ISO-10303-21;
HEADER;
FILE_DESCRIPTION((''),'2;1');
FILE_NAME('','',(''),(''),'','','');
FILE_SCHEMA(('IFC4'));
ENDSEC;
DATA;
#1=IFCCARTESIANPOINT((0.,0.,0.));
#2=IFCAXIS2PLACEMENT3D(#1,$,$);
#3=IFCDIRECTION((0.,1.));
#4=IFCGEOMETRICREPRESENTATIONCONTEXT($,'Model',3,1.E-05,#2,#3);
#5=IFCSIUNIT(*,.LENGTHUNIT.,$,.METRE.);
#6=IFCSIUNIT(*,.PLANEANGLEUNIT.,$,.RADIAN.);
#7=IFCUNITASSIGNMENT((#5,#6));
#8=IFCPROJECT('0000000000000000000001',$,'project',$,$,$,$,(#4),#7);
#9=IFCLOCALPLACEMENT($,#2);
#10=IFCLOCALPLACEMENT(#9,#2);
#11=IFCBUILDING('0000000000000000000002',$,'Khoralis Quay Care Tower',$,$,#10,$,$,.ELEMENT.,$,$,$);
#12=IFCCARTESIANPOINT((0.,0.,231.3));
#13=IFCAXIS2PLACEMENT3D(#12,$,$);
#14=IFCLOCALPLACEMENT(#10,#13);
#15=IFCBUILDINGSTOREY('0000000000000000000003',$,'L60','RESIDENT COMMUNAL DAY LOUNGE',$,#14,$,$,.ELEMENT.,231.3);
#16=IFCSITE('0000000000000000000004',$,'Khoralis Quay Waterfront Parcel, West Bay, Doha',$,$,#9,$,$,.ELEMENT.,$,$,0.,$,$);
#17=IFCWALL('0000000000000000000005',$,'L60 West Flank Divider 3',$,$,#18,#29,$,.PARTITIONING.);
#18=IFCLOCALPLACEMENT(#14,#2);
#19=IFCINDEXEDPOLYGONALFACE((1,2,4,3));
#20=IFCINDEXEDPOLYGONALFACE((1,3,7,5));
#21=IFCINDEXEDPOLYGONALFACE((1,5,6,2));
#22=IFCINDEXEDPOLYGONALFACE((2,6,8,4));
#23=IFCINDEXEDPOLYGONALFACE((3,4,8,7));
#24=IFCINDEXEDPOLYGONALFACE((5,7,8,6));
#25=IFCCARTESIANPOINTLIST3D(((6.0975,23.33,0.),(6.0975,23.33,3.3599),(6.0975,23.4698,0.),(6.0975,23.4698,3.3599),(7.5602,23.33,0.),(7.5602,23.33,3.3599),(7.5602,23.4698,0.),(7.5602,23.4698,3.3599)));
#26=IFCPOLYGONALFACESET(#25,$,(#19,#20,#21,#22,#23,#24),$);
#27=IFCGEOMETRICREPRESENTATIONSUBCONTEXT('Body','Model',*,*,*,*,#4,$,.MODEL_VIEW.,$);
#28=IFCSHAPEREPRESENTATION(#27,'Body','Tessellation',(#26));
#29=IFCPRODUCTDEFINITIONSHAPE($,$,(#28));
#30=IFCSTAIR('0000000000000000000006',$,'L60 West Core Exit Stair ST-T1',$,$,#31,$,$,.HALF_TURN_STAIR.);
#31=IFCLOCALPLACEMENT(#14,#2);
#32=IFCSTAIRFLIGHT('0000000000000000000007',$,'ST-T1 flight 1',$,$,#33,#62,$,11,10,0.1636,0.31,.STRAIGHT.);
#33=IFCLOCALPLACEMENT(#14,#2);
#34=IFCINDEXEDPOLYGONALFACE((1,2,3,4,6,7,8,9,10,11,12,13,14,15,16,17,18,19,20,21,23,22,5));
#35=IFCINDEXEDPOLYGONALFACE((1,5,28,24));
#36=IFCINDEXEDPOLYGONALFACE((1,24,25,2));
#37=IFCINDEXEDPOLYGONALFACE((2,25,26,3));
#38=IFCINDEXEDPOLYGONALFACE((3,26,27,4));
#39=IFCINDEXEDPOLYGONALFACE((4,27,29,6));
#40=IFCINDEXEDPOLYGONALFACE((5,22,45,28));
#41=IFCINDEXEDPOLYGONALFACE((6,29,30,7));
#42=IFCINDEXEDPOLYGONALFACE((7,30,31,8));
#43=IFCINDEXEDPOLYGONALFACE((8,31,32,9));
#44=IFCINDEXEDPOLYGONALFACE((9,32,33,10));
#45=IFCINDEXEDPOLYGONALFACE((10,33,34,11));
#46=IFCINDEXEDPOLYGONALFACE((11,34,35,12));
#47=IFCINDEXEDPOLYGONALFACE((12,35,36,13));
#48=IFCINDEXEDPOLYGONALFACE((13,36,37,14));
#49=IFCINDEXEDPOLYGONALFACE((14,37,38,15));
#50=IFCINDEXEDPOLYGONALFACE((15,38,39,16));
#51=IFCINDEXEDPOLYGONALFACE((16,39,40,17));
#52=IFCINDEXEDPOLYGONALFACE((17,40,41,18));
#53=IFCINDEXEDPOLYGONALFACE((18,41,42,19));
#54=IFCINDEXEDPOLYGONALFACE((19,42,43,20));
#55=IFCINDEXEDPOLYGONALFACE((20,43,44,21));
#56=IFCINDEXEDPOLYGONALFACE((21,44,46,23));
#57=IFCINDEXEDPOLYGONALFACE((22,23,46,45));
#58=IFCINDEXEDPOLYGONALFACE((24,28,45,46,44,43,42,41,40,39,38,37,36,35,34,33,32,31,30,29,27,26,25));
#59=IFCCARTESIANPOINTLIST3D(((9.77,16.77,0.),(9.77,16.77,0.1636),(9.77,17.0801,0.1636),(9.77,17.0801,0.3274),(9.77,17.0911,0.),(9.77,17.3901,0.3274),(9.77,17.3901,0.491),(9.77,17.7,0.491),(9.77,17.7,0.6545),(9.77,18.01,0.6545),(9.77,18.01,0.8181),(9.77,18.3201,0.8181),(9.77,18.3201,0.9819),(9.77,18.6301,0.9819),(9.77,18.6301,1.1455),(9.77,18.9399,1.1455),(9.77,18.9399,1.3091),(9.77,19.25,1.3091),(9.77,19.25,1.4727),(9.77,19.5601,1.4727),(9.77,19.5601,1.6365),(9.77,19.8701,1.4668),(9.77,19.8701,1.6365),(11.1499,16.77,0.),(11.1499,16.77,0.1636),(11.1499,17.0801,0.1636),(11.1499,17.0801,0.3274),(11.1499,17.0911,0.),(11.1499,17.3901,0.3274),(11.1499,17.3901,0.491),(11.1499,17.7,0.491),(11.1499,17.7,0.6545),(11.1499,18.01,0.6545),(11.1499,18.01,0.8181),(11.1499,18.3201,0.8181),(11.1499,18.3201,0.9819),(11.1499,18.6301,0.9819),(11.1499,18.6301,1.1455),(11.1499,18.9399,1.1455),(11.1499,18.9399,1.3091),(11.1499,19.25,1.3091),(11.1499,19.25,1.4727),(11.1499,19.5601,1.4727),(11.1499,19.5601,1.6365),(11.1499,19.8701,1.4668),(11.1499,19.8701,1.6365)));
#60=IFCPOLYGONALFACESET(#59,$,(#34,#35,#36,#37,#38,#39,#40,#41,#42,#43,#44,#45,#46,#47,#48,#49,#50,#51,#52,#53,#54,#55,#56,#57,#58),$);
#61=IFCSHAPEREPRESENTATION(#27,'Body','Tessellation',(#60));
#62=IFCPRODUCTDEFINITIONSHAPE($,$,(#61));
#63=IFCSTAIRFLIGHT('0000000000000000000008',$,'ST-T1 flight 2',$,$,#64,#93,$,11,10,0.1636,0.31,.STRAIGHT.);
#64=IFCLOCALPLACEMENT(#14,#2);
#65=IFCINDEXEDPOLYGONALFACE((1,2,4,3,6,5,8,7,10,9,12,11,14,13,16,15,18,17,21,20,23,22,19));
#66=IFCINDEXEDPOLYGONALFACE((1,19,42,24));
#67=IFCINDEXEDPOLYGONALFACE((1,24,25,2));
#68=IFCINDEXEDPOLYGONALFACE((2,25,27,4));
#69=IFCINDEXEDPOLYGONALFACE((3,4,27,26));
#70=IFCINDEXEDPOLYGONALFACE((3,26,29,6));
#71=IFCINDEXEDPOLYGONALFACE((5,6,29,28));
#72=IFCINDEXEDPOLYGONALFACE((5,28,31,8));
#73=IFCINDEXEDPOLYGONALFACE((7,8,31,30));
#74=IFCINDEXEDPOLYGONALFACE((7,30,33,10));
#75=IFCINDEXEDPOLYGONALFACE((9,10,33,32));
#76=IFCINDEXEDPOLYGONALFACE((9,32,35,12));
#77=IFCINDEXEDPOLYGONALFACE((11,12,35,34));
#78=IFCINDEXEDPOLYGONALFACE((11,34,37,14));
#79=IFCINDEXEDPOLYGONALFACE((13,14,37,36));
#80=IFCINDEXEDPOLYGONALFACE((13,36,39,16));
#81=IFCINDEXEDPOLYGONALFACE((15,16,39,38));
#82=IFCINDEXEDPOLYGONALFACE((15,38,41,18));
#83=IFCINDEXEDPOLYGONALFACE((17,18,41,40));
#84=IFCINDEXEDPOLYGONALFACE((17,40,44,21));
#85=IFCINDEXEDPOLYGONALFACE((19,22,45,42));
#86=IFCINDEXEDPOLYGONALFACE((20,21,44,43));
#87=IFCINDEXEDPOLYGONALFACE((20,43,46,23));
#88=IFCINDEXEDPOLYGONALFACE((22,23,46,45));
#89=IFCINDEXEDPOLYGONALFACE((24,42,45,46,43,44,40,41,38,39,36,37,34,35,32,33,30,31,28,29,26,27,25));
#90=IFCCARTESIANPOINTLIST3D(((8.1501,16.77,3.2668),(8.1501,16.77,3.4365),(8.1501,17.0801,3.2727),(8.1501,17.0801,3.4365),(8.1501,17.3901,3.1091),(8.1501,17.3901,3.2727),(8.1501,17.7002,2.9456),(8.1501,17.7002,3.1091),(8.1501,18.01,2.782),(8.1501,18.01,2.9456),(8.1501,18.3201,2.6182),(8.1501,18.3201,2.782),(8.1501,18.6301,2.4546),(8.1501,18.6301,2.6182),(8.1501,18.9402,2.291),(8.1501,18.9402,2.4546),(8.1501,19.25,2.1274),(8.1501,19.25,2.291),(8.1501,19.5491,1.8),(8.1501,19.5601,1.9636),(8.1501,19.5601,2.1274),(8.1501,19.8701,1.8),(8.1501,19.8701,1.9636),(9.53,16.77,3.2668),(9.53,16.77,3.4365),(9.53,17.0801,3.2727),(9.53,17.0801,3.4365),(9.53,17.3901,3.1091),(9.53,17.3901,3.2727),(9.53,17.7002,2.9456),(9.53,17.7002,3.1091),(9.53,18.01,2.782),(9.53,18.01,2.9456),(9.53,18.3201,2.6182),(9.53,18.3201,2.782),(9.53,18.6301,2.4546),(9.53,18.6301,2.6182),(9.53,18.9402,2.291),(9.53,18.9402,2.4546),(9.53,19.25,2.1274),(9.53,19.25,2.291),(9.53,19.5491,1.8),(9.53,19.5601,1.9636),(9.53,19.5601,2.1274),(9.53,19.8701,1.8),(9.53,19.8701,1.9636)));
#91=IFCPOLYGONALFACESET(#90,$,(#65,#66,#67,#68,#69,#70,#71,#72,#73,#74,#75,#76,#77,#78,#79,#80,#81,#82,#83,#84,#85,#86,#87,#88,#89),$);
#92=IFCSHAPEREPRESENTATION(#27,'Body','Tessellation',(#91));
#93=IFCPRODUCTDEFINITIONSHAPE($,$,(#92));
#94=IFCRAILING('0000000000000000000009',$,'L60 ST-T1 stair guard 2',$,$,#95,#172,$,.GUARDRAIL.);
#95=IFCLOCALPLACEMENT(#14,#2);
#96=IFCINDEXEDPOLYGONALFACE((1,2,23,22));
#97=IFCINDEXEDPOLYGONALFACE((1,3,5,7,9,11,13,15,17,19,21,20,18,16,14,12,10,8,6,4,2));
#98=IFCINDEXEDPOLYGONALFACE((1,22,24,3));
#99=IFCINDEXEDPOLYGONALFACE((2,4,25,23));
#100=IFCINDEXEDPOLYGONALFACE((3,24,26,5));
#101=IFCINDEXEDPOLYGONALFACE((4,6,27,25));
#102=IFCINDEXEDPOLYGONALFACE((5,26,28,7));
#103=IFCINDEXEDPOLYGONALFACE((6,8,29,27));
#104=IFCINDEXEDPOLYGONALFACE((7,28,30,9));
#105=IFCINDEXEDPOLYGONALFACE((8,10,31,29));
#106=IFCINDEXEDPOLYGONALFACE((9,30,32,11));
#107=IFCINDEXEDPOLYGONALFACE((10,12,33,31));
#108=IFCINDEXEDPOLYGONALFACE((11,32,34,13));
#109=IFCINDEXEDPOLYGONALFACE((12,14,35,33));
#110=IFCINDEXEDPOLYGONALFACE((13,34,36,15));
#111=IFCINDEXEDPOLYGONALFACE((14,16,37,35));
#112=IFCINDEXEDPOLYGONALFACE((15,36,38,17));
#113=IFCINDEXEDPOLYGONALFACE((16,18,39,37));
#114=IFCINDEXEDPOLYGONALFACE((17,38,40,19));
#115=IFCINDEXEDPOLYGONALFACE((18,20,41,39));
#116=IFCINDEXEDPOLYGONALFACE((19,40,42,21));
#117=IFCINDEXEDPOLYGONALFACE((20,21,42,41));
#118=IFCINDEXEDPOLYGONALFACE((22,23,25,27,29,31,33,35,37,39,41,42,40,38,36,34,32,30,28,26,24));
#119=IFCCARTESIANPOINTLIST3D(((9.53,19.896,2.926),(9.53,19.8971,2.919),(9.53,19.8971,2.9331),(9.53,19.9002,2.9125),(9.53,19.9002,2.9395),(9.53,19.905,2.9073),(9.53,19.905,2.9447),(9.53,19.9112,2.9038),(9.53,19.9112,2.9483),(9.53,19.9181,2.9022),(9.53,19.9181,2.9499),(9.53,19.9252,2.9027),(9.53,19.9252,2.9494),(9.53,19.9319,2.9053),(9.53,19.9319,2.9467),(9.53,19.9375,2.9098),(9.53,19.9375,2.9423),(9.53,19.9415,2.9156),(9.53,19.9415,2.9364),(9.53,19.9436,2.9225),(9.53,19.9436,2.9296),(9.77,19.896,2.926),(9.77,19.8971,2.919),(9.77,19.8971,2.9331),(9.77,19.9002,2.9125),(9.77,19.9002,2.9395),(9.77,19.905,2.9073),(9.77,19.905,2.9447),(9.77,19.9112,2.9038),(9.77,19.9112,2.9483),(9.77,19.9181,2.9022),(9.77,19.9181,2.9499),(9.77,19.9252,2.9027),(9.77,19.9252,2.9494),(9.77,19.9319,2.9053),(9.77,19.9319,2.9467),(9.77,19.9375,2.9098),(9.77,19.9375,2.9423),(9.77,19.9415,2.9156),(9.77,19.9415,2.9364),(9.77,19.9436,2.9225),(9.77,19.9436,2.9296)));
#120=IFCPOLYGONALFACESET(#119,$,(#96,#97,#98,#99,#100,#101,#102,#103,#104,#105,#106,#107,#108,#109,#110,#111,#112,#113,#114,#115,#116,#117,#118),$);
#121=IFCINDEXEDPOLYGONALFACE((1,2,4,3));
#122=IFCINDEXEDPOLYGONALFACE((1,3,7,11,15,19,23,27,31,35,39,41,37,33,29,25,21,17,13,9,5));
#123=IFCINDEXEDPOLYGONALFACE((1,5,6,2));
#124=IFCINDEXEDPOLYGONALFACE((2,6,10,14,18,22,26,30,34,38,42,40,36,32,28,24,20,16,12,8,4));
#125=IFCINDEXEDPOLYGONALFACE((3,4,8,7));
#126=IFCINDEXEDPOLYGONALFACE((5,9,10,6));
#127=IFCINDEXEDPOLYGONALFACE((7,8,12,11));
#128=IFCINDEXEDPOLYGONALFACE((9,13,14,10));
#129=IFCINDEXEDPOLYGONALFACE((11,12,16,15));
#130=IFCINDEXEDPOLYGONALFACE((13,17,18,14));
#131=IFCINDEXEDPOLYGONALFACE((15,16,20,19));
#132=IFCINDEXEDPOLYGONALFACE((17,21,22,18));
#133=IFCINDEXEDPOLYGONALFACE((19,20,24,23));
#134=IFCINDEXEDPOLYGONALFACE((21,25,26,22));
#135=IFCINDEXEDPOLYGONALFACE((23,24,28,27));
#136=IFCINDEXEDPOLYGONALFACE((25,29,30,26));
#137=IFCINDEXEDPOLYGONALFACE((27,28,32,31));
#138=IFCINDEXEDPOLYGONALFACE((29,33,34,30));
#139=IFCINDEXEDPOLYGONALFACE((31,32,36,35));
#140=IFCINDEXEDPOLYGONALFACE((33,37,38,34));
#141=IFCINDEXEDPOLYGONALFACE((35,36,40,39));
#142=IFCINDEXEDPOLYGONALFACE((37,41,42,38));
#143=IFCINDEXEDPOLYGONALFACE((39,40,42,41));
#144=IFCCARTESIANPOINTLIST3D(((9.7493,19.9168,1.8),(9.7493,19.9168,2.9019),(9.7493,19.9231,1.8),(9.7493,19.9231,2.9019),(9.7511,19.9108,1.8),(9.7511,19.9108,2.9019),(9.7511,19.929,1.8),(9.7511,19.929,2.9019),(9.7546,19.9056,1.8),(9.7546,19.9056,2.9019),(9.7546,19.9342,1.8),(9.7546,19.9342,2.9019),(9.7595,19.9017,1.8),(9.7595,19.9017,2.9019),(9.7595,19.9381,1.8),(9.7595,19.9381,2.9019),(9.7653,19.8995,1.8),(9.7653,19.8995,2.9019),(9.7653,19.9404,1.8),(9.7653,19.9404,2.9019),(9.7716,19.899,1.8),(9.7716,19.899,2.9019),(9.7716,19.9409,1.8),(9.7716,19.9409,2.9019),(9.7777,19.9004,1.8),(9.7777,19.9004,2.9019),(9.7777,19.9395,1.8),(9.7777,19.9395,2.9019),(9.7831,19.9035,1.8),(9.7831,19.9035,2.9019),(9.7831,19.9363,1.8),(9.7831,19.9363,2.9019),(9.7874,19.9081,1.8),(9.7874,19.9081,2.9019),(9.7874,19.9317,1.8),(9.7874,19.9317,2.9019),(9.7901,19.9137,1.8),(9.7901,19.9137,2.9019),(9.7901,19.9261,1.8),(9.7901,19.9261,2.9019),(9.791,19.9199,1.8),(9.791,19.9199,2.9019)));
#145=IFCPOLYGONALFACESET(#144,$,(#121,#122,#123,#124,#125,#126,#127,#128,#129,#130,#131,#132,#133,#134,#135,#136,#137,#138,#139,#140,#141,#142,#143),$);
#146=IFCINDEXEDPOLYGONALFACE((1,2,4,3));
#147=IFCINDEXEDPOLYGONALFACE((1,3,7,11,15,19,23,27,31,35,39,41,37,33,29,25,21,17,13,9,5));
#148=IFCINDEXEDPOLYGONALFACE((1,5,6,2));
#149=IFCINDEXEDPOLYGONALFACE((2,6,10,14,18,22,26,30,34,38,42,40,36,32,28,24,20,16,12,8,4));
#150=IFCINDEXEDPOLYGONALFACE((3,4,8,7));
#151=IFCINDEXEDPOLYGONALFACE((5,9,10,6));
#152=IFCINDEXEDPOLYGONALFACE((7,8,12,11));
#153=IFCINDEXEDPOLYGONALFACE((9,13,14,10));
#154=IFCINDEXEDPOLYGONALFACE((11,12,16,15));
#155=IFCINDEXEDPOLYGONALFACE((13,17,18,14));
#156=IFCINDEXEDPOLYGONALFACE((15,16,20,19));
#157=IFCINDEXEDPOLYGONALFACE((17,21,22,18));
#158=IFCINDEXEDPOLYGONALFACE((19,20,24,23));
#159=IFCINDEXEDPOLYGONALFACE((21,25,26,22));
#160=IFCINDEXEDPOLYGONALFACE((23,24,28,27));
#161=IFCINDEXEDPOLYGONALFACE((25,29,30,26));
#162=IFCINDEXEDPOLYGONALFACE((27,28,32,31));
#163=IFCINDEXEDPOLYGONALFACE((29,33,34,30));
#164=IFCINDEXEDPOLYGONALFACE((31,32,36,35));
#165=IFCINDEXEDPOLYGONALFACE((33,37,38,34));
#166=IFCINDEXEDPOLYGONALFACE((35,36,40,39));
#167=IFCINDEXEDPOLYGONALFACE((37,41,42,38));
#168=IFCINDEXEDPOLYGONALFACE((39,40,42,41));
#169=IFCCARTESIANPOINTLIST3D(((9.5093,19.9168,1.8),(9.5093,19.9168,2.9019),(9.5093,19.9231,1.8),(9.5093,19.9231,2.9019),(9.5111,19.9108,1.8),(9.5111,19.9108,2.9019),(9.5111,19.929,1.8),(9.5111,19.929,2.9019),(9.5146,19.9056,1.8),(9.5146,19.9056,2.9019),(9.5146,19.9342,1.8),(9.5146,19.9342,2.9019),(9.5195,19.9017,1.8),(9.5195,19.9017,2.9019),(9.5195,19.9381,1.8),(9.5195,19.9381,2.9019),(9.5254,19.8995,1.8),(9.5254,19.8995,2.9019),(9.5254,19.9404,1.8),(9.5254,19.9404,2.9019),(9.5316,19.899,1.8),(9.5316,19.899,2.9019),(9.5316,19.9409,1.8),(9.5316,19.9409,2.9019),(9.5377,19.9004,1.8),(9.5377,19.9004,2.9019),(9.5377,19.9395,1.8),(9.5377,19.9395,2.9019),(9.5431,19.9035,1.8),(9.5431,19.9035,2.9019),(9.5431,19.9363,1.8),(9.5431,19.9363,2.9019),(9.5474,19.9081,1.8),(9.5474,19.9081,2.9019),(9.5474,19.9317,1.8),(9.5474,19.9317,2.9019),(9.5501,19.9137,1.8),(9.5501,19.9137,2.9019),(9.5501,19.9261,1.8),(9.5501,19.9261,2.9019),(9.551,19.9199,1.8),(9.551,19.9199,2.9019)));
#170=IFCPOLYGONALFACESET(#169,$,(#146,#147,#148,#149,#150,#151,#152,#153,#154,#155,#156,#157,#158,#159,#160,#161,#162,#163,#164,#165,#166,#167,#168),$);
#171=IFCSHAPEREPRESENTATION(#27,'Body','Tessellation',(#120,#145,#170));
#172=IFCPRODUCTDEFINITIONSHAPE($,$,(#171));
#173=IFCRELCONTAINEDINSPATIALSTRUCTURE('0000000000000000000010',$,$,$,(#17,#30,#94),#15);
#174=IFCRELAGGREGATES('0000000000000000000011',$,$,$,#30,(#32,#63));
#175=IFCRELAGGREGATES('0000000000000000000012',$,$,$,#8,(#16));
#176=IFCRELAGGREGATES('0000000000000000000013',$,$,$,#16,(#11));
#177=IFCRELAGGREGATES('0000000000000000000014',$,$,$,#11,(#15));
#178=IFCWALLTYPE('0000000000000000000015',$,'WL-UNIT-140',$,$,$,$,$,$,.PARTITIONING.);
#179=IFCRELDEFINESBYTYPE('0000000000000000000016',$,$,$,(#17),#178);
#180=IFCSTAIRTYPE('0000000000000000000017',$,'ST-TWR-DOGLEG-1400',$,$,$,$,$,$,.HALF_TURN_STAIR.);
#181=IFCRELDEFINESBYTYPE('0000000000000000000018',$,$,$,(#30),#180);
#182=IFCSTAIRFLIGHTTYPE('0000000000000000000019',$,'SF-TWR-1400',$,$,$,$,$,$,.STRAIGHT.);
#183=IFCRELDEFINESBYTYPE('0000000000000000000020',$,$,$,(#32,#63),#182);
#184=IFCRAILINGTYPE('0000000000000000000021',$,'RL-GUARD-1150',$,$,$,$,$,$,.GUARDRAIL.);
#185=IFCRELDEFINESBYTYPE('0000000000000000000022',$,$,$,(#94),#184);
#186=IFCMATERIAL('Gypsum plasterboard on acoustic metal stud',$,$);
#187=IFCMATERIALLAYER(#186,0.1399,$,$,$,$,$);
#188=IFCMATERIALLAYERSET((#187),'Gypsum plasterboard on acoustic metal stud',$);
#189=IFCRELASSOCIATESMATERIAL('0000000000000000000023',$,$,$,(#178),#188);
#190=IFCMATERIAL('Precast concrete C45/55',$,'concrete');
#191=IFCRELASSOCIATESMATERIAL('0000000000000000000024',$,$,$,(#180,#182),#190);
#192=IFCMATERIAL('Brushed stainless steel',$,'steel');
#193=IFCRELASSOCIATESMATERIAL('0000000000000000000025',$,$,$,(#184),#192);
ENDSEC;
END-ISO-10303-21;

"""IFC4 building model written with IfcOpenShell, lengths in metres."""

from ifc_helpers import new_model, si_unit, direction, frame, frame_2d, origin, origin_2d, place, context, subcontext, project, spatial, polyline, rectangle, circle, outline, extrude, source, transform, mapped, material, layer, layer_set, type_object, element, aggregate, save


model = new_model("IFC4")

# Units and contexts
model_context = context("Model", 3, precision=1e-05, world=origin(), true_north=direction((0.0, 1.0)))
body_context = subcontext(model_context, "Body", "Model", "MODEL_VIEW")
ifc_project = project(units=[si_unit("LENGTHUNIT", "METRE"), si_unit("PLANEANGLEUNIT", "RADIAN")], contexts=[model_context])

# Site, building, storey
site_placement = place(None, origin())
site = spatial("IfcSite", under=ifc_project, at=site_placement, Name="Khoralis Quay Waterfront Parcel, West Bay, Doha", CompositionType="ELEMENT", RefElevation=0.0)
building_placement = place(site_placement, origin())
building = spatial("IfcBuilding", under=site, at=building_placement, Name="Khoralis Quay Care Tower", CompositionType="ELEMENT")
storey_placement = place(building_placement, frame((0.0, 0.0, 231.3)))
storey = spatial("IfcBuildingStorey", under=building, at=storey_placement, Name="L60", Description="RESIDENT COMMUNAL DAY LOUNGE", CompositionType="ELEMENT", Elevation=231.3)

# Shared definitions
ifc_material_1 = material(Name="Gypsum plasterboard on acoustic metal stud")

# Shared definitions
ifc_layer_1 = layer(ifc_material_1, 0.1399)
ifc_layer_set_1 = layer_set([ifc_layer_1], Name="Gypsum plasterboard on acoustic metal stud")
wall_type_1 = type_object("IfcWallType", Name="WL-UNIT-140", PredefinedType="PARTITIONING", material=ifc_layer_set_1)

# Wall
wall_1_placement = place(storey_placement, frame((6.0974, 23.3999, 0.0), z_axis=(0.0, 0.0, 1.0), x_axis=(1.0, 0.0, 0.0)))
element("IfcWall", 1, at=wall_1_placement, inside=storey, type_object=wall_type_1, Name="L60 West Flank Divider 3", PredefinedType="PARTITIONING", context=body_context, shape_type="SweptSolid", body=[
    extrude(rectangle(XDim=1.4626, YDim=0.1399, at=frame_2d((0.7314, 0.0))), origin(), (0.0, 0.0, 1.0), 3.3599),
])

# Stair, stair flights
ifc_material_2 = material(Name="Precast concrete C45/55", Category="concrete")
stair_type = type_object("IfcStairType", Name="ST-TWR-DOGLEG-1400", PredefinedType="HALF_TURN_STAIR", material=ifc_material_2)
stair_placement = place(storey_placement, origin())
stair = element("IfcStair", 2, at=stair_placement, inside=storey, type_object=stair_type, Name="L60 West Core Exit Stair ST-T1", PredefinedType="HALF_TURN_STAIR")
stair_flight_type = type_object("IfcStairFlightType", Name="SF-TWR-1400", PredefinedType="STRAIGHT", material=ifc_material_2)
shared_shape_1 = source(origin(), body_context, "Body", "SweptSolid", [
    extrude(outline(polyline([(0.0, 0.0), (0.0, 0.1636), (0.3101, 0.1636), (0.3101, 0.3274), (0.6201, 0.3274), (0.6201, 0.491), (0.9299, 0.491), (0.9299, 0.6545), (1.24, 0.6545), (1.24, 0.8181), (1.55, 0.8181), (1.55, 0.9819), (1.8601, 0.9819), (1.8601, 1.1455), (2.1699, 1.1455), (2.1699, 1.3091), (2.48, 1.3091), (2.48, 1.4727), (2.79, 1.4727), (2.79, 1.6365), (3.1001, 1.6365), (3.1001, 1.8), (3.1001, 1.4668), (0.321, 0.0), (0.0, 0.0)])), frame((0.0, 0.6899, 0.0), z_axis=(0.0, -1.0, 0.0), x_axis=(1.0, 0.0, 0.0)), (0.0, 0.0, 1.0), 1.3799),
])
stair_flight_1_placement = place(storey_placement, frame((10.46, 16.77, 0.0), z_axis=(0.0, 0.0, 1.0), x_axis=(0.0, 1.0, 0.0)))
stair_flight_1 = element("IfcStairFlight", 3, at=stair_flight_1_placement, type_object=stair_flight_type, Name="ST-T1 flight 1", NumberOfRisers=11, NumberOfTreads=10, PredefinedType="STRAIGHT", RiserHeight=0.1636, TreadLength=0.31, context=body_context, shape_type="MappedRepresentation", body=[
    mapped(shared_shape_1, transform((0.0, 0.0, 0.0), scale=1.0)),
])
stair_flight_2_placement = place(storey_placement, frame((8.8401, 19.8701, 1.8), z_axis=(0.0, 0.0, 1.0), x_axis=(0.0, -1.0, 0.0)))
stair_flight_2 = element("IfcStairFlight", 4, at=stair_flight_2_placement, type_object=stair_flight_type, Name="ST-T1 flight 2", NumberOfRisers=11, NumberOfTreads=10, PredefinedType="STRAIGHT", RiserHeight=0.1636, TreadLength=0.31, context=body_context, shape_type="MappedRepresentation", body=[
    mapped(shared_shape_1, transform((0.0, 0.0, 0.0), scale=1.0)),
])
aggregate(stair, [stair_flight_1, stair_flight_2])

# Railing
ifc_material_3 = material(Name="Brushed stainless steel", Category="steel")
railing_type_1 = type_object("IfcRailingType", Name="RL-GUARD-1150", PredefinedType="GUARDRAIL", material=ifc_material_3)
railing_1_placement = place(storey_placement, frame((9.77, 19.9199, 1.8)))
element("IfcRailing", 5, at=railing_1_placement, inside=storey, type_object=railing_type_1, Name="L60 ST-T1 stair guard 2", PredefinedType="GUARDRAIL", context=body_context, shape_type="SweptSolid", body=[
    extrude(circle(Radius=0.0239, at=origin_2d()), frame((0.0, 0.0, 1.126), z_axis=(-1.0, 0.0, 0.0), x_axis=(0.0, -1.0, 0.0)), (0.0, 0.0, 1.0), 0.24),
    extrude(circle(Radius=0.021, at=origin_2d()), origin(), (0.0, 0.0, 1.0), 1.1018),
    extrude(circle(Radius=0.021, at=origin_2d()), frame((-0.24, 0.0, 0.0)), (0.0, 0.0, 1.0), 1.1018),
])

save(model, "model.ifc")
